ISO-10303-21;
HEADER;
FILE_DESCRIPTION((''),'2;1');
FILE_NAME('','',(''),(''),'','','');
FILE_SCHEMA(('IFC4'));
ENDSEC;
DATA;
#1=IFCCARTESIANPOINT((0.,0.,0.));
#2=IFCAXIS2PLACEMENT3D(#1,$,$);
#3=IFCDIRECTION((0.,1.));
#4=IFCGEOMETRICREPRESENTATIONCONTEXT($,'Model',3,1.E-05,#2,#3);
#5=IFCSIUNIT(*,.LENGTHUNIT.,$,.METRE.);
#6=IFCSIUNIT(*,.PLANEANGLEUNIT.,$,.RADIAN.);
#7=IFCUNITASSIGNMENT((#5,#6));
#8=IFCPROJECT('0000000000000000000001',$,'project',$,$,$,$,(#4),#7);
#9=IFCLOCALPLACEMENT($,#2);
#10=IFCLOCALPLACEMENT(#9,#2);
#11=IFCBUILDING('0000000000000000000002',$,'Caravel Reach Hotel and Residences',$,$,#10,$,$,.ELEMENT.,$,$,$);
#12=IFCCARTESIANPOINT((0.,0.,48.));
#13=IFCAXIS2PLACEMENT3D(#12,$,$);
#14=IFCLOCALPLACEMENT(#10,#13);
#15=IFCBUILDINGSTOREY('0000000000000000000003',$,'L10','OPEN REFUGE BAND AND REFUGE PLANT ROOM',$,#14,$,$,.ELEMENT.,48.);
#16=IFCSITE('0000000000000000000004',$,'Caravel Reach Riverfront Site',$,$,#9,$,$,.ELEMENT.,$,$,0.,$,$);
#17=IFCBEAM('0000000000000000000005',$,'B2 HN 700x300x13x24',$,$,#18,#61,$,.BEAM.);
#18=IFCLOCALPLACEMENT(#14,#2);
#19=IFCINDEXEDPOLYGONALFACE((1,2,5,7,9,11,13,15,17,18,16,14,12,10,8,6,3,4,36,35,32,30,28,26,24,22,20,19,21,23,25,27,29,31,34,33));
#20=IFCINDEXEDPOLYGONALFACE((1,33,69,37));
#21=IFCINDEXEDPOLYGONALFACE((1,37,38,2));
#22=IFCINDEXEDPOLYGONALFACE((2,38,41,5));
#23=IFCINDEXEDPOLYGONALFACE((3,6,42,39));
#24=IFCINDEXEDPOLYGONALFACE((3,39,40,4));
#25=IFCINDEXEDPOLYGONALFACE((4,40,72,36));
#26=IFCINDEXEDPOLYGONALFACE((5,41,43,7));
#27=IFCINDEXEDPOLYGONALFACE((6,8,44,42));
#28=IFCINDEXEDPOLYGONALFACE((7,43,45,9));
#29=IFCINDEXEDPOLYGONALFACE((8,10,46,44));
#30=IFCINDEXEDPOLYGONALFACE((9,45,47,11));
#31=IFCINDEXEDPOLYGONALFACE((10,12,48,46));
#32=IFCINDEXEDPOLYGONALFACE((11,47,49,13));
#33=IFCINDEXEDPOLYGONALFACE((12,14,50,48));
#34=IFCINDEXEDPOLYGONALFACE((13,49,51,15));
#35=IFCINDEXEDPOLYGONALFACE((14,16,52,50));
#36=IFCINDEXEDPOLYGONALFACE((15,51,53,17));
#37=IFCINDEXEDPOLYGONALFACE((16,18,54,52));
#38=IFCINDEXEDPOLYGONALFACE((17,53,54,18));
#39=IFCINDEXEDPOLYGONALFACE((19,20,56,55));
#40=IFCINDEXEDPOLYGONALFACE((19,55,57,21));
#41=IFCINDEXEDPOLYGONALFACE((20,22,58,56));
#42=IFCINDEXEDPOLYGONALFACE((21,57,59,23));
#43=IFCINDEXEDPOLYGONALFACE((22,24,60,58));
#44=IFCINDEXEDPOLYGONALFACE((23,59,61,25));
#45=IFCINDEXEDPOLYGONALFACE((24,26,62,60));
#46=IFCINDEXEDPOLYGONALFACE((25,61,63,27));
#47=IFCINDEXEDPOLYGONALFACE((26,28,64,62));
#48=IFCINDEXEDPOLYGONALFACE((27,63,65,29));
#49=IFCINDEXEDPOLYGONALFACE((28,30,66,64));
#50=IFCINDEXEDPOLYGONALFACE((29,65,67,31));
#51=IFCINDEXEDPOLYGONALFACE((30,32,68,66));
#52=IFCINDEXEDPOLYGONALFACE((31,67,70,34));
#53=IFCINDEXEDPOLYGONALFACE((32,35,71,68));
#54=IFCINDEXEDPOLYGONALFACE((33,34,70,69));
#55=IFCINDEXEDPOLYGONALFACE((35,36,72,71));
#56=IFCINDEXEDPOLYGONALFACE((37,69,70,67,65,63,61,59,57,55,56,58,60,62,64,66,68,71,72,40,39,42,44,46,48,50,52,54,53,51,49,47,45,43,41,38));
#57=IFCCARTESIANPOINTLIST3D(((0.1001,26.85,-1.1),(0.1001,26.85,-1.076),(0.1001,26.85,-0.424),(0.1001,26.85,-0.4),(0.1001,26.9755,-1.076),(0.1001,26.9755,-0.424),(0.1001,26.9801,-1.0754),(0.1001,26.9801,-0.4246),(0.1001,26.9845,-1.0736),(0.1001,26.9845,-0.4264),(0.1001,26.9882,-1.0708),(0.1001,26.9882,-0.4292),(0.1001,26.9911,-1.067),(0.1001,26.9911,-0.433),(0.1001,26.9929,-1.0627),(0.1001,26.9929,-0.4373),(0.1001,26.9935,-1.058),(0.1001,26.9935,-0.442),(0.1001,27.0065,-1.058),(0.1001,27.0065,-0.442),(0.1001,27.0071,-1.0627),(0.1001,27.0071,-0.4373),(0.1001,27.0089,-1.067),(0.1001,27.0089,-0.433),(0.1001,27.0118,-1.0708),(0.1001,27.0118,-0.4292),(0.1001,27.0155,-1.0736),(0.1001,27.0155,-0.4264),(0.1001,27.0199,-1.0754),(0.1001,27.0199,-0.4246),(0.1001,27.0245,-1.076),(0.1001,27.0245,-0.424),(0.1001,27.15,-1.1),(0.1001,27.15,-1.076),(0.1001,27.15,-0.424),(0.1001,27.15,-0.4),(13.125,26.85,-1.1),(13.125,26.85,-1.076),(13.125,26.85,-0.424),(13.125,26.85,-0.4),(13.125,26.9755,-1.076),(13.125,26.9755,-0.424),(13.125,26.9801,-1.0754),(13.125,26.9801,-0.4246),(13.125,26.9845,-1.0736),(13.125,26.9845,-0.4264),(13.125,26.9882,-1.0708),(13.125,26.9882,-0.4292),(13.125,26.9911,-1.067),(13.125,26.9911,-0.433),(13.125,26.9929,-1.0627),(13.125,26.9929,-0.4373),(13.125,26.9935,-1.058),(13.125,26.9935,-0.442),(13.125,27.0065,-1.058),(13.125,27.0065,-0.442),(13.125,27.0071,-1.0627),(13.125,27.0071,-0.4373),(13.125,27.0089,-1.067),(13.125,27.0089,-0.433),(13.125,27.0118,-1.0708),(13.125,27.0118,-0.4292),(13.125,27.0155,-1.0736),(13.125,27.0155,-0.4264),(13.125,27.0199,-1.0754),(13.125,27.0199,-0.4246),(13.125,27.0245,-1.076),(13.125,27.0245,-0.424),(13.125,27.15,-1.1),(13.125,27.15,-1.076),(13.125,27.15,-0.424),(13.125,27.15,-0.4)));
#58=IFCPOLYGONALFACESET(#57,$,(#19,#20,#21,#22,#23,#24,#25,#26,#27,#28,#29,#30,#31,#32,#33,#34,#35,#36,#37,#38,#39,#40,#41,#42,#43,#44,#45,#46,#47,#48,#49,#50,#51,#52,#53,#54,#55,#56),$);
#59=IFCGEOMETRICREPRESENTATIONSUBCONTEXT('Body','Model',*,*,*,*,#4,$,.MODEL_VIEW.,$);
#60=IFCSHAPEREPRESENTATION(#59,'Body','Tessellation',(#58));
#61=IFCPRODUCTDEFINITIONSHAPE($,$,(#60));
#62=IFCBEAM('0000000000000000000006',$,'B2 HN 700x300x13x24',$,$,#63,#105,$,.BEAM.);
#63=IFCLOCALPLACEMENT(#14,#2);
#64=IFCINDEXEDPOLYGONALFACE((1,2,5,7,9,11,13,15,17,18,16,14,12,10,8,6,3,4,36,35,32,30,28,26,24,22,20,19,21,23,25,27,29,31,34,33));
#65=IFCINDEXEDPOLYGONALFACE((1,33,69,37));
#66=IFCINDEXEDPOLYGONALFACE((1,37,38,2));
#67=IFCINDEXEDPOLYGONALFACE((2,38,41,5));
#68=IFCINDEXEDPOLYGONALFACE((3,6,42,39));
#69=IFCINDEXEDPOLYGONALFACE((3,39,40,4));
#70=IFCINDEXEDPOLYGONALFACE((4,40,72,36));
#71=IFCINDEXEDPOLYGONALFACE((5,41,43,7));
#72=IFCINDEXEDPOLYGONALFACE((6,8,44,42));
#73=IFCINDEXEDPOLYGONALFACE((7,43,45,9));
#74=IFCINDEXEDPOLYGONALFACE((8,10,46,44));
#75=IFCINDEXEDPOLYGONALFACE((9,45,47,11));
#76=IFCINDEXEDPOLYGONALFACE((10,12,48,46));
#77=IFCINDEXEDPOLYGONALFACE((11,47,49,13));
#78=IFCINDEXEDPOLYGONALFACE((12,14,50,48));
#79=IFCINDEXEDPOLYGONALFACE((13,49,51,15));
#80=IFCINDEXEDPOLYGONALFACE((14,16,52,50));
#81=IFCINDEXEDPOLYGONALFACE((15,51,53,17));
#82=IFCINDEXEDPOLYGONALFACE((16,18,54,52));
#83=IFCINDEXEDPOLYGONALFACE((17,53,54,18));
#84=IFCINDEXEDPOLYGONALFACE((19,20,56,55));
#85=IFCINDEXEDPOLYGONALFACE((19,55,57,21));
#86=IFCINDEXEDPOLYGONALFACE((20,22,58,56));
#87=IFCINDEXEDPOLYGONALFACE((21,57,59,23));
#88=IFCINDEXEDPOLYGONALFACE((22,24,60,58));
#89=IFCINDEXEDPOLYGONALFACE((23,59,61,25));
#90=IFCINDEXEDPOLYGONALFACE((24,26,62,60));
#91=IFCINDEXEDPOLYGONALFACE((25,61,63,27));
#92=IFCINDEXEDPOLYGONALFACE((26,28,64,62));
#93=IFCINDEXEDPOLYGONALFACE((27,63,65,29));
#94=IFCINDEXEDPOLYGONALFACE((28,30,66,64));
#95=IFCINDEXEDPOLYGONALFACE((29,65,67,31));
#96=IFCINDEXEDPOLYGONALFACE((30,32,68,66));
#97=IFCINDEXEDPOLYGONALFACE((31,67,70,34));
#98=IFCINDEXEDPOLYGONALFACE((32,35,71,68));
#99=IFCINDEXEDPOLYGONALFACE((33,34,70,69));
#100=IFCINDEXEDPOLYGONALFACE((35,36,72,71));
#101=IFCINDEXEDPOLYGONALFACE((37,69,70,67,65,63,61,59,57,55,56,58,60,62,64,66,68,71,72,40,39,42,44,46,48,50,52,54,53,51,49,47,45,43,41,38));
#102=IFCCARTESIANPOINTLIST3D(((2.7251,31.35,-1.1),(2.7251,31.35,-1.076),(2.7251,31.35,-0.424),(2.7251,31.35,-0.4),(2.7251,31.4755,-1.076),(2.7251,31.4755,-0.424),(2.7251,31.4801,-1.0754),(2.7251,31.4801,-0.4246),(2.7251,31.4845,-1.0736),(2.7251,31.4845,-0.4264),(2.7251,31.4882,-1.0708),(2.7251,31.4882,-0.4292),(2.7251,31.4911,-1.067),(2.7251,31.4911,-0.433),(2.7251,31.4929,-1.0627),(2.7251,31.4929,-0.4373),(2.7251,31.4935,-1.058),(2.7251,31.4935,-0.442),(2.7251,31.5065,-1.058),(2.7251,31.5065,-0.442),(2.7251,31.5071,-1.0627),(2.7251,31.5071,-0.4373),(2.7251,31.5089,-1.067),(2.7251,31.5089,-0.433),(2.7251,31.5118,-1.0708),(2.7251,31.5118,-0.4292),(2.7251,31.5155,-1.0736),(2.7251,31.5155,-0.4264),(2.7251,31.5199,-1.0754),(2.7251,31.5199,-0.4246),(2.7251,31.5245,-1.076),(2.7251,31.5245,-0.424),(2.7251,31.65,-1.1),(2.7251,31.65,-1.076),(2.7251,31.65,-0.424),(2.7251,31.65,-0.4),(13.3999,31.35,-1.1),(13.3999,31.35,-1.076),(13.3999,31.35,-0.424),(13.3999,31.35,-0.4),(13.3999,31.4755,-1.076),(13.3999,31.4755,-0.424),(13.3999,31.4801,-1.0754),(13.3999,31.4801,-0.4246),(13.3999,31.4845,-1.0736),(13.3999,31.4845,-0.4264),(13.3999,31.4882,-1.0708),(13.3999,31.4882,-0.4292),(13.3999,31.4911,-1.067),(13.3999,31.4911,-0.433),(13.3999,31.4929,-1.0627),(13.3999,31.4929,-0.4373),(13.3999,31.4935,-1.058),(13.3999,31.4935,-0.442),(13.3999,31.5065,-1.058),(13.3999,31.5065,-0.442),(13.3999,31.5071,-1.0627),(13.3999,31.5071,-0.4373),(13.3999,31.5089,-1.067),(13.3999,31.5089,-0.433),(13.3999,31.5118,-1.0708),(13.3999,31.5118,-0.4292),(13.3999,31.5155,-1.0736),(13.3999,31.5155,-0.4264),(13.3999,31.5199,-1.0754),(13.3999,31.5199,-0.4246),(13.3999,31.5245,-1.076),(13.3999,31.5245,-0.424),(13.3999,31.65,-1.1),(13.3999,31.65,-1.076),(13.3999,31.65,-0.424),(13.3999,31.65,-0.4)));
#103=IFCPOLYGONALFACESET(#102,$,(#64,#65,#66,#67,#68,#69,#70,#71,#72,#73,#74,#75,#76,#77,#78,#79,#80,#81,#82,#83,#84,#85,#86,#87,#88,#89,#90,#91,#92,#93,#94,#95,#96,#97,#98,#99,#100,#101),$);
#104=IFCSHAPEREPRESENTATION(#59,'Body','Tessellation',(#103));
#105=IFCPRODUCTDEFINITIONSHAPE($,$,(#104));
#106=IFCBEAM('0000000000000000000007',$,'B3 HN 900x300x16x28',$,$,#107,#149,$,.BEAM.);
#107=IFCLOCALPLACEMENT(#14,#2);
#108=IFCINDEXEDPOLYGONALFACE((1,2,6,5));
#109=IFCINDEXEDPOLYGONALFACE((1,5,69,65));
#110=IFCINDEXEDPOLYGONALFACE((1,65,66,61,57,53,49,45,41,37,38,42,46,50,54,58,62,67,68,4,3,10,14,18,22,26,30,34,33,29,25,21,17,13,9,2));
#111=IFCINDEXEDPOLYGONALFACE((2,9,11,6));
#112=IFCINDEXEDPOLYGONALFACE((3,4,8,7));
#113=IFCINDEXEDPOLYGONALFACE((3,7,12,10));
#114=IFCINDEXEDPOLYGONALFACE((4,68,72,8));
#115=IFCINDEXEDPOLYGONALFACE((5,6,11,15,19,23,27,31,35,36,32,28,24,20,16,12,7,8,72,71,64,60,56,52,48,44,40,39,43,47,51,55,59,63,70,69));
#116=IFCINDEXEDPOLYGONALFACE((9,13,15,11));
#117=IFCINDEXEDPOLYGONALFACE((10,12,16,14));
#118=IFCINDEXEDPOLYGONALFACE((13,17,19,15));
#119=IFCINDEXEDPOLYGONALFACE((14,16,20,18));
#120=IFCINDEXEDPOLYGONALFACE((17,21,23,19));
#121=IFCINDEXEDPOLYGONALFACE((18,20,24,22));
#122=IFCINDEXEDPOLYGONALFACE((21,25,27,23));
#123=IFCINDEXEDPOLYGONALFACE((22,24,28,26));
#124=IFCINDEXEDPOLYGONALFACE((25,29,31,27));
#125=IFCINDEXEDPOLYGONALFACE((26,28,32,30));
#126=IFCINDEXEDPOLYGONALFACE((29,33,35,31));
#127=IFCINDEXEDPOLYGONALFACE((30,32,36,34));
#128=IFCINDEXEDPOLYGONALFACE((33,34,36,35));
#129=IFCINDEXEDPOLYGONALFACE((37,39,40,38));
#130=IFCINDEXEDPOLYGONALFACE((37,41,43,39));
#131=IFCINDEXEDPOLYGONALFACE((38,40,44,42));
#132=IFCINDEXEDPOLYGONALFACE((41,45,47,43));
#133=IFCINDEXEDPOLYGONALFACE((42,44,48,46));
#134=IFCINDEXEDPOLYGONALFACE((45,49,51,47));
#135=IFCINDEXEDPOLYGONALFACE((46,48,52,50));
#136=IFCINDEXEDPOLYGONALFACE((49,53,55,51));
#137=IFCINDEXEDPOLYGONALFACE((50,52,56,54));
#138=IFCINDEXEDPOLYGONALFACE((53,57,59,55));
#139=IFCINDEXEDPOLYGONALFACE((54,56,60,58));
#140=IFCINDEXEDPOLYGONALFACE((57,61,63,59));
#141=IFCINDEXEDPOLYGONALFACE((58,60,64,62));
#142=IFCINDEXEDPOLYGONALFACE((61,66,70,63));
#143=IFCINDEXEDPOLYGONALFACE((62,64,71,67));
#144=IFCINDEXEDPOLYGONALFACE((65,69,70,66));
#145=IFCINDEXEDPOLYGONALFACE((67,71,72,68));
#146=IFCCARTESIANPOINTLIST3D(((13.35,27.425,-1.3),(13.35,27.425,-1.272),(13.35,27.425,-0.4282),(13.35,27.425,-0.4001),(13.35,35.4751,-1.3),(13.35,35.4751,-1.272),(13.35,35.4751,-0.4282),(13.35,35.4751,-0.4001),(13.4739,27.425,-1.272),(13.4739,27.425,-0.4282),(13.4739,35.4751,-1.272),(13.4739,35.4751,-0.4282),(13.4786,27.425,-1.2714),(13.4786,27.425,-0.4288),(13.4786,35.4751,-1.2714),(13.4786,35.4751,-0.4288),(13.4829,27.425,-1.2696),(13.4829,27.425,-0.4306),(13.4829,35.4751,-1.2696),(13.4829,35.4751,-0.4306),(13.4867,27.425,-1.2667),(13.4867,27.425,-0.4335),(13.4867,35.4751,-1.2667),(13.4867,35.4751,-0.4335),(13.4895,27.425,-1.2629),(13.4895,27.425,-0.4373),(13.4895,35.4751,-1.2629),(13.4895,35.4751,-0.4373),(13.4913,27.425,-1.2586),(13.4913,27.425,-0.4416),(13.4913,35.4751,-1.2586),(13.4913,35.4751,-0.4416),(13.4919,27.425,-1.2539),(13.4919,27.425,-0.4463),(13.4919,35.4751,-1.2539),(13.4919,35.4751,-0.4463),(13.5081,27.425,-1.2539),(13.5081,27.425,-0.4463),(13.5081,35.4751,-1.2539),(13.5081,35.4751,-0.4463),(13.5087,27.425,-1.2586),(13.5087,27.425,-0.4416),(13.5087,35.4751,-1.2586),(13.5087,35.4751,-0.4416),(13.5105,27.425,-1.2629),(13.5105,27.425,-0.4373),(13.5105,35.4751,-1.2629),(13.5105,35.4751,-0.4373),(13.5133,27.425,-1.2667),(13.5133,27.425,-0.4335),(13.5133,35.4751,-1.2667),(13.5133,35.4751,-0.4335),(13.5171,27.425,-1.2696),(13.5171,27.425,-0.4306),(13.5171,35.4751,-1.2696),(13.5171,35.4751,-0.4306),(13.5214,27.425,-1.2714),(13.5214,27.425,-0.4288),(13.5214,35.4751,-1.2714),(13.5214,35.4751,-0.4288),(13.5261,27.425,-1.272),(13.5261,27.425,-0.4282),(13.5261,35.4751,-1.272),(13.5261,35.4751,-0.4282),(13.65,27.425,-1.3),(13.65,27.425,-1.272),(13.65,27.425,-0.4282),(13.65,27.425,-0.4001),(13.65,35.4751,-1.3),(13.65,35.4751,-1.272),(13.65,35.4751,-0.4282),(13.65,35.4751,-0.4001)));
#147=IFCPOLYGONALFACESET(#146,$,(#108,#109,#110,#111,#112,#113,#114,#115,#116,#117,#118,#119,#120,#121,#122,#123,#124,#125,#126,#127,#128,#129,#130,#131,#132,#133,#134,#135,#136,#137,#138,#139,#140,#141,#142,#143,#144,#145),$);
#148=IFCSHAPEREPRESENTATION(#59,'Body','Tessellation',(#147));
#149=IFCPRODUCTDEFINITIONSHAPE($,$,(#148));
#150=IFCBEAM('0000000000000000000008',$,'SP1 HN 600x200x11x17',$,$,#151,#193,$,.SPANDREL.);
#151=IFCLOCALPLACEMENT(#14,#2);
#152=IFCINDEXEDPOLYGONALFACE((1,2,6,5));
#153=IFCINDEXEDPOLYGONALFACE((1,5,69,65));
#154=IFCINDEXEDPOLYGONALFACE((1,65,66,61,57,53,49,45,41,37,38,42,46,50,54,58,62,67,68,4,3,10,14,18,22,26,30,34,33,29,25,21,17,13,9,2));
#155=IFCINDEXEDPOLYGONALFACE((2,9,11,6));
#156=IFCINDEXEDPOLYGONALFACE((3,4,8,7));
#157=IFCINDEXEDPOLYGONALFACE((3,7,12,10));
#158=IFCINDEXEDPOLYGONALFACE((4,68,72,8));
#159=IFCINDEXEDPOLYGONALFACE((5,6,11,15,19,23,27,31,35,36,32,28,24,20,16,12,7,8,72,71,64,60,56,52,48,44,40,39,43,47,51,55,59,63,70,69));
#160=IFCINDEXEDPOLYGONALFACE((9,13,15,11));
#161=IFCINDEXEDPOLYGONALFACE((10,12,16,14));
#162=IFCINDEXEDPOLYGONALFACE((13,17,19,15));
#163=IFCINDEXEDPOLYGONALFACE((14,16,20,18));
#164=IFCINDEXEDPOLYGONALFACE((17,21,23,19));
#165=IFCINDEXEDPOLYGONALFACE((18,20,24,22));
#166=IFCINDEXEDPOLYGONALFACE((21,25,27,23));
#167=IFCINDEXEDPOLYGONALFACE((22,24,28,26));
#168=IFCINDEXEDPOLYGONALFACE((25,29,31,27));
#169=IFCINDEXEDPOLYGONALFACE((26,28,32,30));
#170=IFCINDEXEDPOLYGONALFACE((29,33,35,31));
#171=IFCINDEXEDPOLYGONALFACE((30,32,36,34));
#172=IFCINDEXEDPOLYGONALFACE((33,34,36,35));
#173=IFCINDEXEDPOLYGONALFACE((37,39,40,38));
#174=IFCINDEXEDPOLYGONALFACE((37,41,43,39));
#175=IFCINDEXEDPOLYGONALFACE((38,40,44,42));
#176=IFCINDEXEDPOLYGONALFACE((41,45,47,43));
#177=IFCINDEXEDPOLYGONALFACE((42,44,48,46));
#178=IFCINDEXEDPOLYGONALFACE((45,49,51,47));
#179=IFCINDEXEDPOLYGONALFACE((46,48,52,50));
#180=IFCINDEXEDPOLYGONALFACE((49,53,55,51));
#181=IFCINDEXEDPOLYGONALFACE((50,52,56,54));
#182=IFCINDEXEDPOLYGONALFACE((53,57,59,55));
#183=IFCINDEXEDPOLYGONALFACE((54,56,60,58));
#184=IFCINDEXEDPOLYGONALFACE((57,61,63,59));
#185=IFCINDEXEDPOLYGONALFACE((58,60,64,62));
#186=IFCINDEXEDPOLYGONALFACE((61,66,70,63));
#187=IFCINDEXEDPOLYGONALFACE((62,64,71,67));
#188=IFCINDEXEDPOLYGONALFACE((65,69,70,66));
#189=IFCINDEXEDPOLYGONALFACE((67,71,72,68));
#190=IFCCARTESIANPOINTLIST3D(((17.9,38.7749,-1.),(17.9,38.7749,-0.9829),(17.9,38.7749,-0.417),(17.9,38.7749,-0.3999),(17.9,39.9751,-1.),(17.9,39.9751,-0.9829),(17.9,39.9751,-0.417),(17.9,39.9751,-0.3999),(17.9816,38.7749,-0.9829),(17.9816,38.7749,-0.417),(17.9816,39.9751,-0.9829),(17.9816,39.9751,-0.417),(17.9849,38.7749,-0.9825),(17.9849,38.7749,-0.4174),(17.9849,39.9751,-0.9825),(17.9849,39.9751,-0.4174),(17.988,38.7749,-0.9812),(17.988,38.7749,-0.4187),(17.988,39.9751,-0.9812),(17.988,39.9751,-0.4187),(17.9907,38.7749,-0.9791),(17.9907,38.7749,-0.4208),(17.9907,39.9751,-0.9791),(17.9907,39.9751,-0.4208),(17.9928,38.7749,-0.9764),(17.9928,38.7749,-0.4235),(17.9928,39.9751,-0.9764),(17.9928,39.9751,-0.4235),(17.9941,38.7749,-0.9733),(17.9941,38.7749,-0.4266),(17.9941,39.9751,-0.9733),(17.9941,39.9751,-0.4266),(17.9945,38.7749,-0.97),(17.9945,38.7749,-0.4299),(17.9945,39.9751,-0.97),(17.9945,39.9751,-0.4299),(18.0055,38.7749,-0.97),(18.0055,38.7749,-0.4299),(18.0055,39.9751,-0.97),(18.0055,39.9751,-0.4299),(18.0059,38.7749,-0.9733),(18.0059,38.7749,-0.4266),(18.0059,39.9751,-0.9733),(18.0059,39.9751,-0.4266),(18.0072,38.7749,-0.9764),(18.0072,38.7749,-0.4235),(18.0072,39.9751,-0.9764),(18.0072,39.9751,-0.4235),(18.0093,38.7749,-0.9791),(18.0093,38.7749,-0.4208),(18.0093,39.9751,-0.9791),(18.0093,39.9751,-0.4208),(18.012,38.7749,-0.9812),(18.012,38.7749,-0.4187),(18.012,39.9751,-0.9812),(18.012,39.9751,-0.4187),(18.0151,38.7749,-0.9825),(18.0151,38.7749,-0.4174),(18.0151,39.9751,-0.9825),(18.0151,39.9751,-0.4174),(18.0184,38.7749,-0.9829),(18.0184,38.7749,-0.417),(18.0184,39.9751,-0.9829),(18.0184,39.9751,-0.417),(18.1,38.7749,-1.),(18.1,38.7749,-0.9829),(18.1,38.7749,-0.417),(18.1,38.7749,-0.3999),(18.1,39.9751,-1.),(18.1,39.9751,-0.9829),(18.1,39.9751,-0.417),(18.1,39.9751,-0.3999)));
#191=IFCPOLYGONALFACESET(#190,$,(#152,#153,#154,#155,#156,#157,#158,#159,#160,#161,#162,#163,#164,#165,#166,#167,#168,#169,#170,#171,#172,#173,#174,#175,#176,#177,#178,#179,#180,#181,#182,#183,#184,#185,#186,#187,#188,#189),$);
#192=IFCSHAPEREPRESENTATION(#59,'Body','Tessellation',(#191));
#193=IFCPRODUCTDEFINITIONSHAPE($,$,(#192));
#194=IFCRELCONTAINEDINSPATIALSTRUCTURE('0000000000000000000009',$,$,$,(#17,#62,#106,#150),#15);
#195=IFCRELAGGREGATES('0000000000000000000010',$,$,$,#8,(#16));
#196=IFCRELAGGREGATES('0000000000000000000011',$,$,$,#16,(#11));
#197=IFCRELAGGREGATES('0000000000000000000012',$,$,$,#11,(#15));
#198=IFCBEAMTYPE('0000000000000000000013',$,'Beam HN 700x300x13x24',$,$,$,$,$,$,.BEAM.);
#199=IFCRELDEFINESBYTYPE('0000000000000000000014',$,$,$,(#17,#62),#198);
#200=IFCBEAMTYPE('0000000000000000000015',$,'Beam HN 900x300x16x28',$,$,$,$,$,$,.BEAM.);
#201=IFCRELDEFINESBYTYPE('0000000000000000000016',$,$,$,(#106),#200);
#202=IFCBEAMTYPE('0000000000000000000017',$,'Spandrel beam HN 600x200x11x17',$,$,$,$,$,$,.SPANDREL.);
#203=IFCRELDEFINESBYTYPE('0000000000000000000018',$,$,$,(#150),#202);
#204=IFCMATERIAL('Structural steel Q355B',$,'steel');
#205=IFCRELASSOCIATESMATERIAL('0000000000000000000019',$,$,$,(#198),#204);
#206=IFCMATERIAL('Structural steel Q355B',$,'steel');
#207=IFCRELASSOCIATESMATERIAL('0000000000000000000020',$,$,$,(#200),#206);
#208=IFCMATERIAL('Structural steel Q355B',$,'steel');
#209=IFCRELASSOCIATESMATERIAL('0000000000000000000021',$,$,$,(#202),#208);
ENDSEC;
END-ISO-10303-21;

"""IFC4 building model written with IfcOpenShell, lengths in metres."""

from ifc_helpers import new_model, si_unit, direction, frame, origin, origin_2d, place, context, subcontext, project, spatial, i_section, extrude, material, material_profile, profile_set, type_object, element, save


model = new_model("IFC4")

# Units and contexts
model_context = context("Model", 3, precision=1e-05, world=origin(), true_north=direction((0.0, 1.0)))
body_context = subcontext(model_context, "Body", "Model", "MODEL_VIEW")
ifc_project = project(units=[si_unit("LENGTHUNIT", "METRE"), si_unit("PLANEANGLEUNIT", "RADIAN")], contexts=[model_context])

# Site, building, storey
site_placement = place(None, origin())
site = spatial("IfcSite", under=ifc_project, at=site_placement, Name="Caravel Reach Riverfront Site", CompositionType="ELEMENT", RefElevation=0.0)
building_placement = place(site_placement, origin())
building = spatial("IfcBuilding", under=site, at=building_placement, Name="Caravel Reach Hotel and Residences", CompositionType="ELEMENT")
storey_placement = place(building_placement, frame((0.0, 0.0, 48.0)))
storey = spatial("IfcBuildingStorey", under=building, at=storey_placement, Name="L10", Description="OPEN REFUGE BAND AND REFUGE PLANT ROOM", CompositionType="ELEMENT", Elevation=48.0)

# Beams
ifc_material_1 = material(Name="Structural steel Q355B", Category="steel")
ifc_material_profile_1 = material_profile(ifc_material_1, i_section(OverallWidth=0.3, OverallDepth=0.7, WebThickness=0.0129, FlangeThickness=0.0239, FilletRadius=0.0181, at=origin_2d()), Name="HN 700x300x13x24")
ifc_profile_set_1 = profile_set([ifc_material_profile_1], Name="Structural steel Q355B")
beam_type_1 = type_object("IfcBeamType", Name="Beam HN 700x300x13x24", PredefinedType="BEAM", material=ifc_profile_set_1)
beam_1_placement = place(storey_placement, frame((13.125, 27.0, -0.75), z_axis=(-1.0, 0.0, 0.0), x_axis=(0.0, -1.0, 0.0)))
element("IfcBeam", 1, at=beam_1_placement, inside=storey, type_object=beam_type_1, Name="B2 HN 700x300x13x24", PredefinedType="BEAM", context=body_context, shape_type="SweptSolid", body=[
    extrude(i_section(OverallWidth=0.3, OverallDepth=0.7, WebThickness=0.0129, FlangeThickness=0.0239, FilletRadius=0.0181, at=origin_2d()), origin(), (0.0, 0.0, 1.0), 13.0249),
])
beam_2_placement = place(storey_placement, frame((13.3999, 31.5, -0.75), z_axis=(-1.0, 0.0, 0.0), x_axis=(0.0, -1.0, 0.0)))
element("IfcBeam", 2, at=beam_2_placement, inside=storey, type_object=beam_type_1, Name="B2 HN 700x300x13x24", PredefinedType="BEAM", context=body_context, shape_type="SweptSolid", body=[
    extrude(i_section(OverallWidth=0.3, OverallDepth=0.7, WebThickness=0.0129, FlangeThickness=0.0239, FilletRadius=0.0181, at=origin_2d()), origin(), (0.0, 0.0, 1.0), 10.6748),
])
ifc_material_2 = material(Name="Structural steel Q355B", Category="steel")
ifc_material_profile_2 = material_profile(ifc_material_2, i_section(OverallWidth=0.3, OverallDepth=0.8999, WebThickness=0.0161, FlangeThickness=0.0281, FilletRadius=0.0181, at=origin_2d()), Name="HN 900x300x16x28")
ifc_profile_set_2 = profile_set([ifc_material_profile_2], Name="Structural steel Q355B")
beam_type_2 = type_object("IfcBeamType", Name="Beam HN 900x300x16x28", PredefinedType="BEAM", material=ifc_profile_set_2)
beam_3_placement = place(storey_placement, frame((13.5, 27.425, -0.8501), z_axis=(0.0, 1.0, 0.0), x_axis=(-1.0, 0.0, 0.0)))
element("IfcBeam", 3, at=beam_3_placement, inside=storey, type_object=beam_type_2, Name="B3 HN 900x300x16x28", PredefinedType="BEAM", context=body_context, shape_type="SweptSolid", body=[
    extrude(i_section(OverallWidth=0.3, OverallDepth=0.8999, WebThickness=0.0161, FlangeThickness=0.0281, FilletRadius=0.0181, at=origin_2d()), origin(), (0.0, 0.0, 1.0), 8.05),
])
ifc_material_3 = material(Name="Structural steel Q355B", Category="steel")
ifc_material_profile_3 = material_profile(ifc_material_3, i_section(OverallWidth=0.2, OverallDepth=0.6001, WebThickness=0.011, FlangeThickness=0.0171, FilletRadius=0.0129, at=origin_2d()), Name="HN 600x200x11x17")
ifc_profile_set_3 = profile_set([ifc_material_profile_3], Name="Structural steel Q355B")
beam_type_3 = type_object("IfcBeamType", Name="Spandrel beam HN 600x200x11x17", PredefinedType="SPANDREL", material=ifc_profile_set_3)
for number, where, z_axis, x_axis, name in (
    (4, (18.0, 39.9751, -0.7), (0.0, -1.0, 0.0), (1.0, 0.0, 0.0), "SP1 HN 600x200x11x17"),
):
    element("IfcBeam", number, at=place(storey_placement, frame(where, z_axis=z_axis, x_axis=x_axis)), inside=storey, type_object=beam_type_3, Name=name, PredefinedType="SPANDREL", context=body_context, shape_type="SweptSolid", body=[
        extrude(i_section(OverallWidth=0.2, OverallDepth=0.6001, WebThickness=0.011, FlangeThickness=0.0171, FilletRadius=0.0129, at=origin_2d()), origin(), (0.0, 0.0, 1.0), 1.2002),
    ])

save(model, "model.ifc")
